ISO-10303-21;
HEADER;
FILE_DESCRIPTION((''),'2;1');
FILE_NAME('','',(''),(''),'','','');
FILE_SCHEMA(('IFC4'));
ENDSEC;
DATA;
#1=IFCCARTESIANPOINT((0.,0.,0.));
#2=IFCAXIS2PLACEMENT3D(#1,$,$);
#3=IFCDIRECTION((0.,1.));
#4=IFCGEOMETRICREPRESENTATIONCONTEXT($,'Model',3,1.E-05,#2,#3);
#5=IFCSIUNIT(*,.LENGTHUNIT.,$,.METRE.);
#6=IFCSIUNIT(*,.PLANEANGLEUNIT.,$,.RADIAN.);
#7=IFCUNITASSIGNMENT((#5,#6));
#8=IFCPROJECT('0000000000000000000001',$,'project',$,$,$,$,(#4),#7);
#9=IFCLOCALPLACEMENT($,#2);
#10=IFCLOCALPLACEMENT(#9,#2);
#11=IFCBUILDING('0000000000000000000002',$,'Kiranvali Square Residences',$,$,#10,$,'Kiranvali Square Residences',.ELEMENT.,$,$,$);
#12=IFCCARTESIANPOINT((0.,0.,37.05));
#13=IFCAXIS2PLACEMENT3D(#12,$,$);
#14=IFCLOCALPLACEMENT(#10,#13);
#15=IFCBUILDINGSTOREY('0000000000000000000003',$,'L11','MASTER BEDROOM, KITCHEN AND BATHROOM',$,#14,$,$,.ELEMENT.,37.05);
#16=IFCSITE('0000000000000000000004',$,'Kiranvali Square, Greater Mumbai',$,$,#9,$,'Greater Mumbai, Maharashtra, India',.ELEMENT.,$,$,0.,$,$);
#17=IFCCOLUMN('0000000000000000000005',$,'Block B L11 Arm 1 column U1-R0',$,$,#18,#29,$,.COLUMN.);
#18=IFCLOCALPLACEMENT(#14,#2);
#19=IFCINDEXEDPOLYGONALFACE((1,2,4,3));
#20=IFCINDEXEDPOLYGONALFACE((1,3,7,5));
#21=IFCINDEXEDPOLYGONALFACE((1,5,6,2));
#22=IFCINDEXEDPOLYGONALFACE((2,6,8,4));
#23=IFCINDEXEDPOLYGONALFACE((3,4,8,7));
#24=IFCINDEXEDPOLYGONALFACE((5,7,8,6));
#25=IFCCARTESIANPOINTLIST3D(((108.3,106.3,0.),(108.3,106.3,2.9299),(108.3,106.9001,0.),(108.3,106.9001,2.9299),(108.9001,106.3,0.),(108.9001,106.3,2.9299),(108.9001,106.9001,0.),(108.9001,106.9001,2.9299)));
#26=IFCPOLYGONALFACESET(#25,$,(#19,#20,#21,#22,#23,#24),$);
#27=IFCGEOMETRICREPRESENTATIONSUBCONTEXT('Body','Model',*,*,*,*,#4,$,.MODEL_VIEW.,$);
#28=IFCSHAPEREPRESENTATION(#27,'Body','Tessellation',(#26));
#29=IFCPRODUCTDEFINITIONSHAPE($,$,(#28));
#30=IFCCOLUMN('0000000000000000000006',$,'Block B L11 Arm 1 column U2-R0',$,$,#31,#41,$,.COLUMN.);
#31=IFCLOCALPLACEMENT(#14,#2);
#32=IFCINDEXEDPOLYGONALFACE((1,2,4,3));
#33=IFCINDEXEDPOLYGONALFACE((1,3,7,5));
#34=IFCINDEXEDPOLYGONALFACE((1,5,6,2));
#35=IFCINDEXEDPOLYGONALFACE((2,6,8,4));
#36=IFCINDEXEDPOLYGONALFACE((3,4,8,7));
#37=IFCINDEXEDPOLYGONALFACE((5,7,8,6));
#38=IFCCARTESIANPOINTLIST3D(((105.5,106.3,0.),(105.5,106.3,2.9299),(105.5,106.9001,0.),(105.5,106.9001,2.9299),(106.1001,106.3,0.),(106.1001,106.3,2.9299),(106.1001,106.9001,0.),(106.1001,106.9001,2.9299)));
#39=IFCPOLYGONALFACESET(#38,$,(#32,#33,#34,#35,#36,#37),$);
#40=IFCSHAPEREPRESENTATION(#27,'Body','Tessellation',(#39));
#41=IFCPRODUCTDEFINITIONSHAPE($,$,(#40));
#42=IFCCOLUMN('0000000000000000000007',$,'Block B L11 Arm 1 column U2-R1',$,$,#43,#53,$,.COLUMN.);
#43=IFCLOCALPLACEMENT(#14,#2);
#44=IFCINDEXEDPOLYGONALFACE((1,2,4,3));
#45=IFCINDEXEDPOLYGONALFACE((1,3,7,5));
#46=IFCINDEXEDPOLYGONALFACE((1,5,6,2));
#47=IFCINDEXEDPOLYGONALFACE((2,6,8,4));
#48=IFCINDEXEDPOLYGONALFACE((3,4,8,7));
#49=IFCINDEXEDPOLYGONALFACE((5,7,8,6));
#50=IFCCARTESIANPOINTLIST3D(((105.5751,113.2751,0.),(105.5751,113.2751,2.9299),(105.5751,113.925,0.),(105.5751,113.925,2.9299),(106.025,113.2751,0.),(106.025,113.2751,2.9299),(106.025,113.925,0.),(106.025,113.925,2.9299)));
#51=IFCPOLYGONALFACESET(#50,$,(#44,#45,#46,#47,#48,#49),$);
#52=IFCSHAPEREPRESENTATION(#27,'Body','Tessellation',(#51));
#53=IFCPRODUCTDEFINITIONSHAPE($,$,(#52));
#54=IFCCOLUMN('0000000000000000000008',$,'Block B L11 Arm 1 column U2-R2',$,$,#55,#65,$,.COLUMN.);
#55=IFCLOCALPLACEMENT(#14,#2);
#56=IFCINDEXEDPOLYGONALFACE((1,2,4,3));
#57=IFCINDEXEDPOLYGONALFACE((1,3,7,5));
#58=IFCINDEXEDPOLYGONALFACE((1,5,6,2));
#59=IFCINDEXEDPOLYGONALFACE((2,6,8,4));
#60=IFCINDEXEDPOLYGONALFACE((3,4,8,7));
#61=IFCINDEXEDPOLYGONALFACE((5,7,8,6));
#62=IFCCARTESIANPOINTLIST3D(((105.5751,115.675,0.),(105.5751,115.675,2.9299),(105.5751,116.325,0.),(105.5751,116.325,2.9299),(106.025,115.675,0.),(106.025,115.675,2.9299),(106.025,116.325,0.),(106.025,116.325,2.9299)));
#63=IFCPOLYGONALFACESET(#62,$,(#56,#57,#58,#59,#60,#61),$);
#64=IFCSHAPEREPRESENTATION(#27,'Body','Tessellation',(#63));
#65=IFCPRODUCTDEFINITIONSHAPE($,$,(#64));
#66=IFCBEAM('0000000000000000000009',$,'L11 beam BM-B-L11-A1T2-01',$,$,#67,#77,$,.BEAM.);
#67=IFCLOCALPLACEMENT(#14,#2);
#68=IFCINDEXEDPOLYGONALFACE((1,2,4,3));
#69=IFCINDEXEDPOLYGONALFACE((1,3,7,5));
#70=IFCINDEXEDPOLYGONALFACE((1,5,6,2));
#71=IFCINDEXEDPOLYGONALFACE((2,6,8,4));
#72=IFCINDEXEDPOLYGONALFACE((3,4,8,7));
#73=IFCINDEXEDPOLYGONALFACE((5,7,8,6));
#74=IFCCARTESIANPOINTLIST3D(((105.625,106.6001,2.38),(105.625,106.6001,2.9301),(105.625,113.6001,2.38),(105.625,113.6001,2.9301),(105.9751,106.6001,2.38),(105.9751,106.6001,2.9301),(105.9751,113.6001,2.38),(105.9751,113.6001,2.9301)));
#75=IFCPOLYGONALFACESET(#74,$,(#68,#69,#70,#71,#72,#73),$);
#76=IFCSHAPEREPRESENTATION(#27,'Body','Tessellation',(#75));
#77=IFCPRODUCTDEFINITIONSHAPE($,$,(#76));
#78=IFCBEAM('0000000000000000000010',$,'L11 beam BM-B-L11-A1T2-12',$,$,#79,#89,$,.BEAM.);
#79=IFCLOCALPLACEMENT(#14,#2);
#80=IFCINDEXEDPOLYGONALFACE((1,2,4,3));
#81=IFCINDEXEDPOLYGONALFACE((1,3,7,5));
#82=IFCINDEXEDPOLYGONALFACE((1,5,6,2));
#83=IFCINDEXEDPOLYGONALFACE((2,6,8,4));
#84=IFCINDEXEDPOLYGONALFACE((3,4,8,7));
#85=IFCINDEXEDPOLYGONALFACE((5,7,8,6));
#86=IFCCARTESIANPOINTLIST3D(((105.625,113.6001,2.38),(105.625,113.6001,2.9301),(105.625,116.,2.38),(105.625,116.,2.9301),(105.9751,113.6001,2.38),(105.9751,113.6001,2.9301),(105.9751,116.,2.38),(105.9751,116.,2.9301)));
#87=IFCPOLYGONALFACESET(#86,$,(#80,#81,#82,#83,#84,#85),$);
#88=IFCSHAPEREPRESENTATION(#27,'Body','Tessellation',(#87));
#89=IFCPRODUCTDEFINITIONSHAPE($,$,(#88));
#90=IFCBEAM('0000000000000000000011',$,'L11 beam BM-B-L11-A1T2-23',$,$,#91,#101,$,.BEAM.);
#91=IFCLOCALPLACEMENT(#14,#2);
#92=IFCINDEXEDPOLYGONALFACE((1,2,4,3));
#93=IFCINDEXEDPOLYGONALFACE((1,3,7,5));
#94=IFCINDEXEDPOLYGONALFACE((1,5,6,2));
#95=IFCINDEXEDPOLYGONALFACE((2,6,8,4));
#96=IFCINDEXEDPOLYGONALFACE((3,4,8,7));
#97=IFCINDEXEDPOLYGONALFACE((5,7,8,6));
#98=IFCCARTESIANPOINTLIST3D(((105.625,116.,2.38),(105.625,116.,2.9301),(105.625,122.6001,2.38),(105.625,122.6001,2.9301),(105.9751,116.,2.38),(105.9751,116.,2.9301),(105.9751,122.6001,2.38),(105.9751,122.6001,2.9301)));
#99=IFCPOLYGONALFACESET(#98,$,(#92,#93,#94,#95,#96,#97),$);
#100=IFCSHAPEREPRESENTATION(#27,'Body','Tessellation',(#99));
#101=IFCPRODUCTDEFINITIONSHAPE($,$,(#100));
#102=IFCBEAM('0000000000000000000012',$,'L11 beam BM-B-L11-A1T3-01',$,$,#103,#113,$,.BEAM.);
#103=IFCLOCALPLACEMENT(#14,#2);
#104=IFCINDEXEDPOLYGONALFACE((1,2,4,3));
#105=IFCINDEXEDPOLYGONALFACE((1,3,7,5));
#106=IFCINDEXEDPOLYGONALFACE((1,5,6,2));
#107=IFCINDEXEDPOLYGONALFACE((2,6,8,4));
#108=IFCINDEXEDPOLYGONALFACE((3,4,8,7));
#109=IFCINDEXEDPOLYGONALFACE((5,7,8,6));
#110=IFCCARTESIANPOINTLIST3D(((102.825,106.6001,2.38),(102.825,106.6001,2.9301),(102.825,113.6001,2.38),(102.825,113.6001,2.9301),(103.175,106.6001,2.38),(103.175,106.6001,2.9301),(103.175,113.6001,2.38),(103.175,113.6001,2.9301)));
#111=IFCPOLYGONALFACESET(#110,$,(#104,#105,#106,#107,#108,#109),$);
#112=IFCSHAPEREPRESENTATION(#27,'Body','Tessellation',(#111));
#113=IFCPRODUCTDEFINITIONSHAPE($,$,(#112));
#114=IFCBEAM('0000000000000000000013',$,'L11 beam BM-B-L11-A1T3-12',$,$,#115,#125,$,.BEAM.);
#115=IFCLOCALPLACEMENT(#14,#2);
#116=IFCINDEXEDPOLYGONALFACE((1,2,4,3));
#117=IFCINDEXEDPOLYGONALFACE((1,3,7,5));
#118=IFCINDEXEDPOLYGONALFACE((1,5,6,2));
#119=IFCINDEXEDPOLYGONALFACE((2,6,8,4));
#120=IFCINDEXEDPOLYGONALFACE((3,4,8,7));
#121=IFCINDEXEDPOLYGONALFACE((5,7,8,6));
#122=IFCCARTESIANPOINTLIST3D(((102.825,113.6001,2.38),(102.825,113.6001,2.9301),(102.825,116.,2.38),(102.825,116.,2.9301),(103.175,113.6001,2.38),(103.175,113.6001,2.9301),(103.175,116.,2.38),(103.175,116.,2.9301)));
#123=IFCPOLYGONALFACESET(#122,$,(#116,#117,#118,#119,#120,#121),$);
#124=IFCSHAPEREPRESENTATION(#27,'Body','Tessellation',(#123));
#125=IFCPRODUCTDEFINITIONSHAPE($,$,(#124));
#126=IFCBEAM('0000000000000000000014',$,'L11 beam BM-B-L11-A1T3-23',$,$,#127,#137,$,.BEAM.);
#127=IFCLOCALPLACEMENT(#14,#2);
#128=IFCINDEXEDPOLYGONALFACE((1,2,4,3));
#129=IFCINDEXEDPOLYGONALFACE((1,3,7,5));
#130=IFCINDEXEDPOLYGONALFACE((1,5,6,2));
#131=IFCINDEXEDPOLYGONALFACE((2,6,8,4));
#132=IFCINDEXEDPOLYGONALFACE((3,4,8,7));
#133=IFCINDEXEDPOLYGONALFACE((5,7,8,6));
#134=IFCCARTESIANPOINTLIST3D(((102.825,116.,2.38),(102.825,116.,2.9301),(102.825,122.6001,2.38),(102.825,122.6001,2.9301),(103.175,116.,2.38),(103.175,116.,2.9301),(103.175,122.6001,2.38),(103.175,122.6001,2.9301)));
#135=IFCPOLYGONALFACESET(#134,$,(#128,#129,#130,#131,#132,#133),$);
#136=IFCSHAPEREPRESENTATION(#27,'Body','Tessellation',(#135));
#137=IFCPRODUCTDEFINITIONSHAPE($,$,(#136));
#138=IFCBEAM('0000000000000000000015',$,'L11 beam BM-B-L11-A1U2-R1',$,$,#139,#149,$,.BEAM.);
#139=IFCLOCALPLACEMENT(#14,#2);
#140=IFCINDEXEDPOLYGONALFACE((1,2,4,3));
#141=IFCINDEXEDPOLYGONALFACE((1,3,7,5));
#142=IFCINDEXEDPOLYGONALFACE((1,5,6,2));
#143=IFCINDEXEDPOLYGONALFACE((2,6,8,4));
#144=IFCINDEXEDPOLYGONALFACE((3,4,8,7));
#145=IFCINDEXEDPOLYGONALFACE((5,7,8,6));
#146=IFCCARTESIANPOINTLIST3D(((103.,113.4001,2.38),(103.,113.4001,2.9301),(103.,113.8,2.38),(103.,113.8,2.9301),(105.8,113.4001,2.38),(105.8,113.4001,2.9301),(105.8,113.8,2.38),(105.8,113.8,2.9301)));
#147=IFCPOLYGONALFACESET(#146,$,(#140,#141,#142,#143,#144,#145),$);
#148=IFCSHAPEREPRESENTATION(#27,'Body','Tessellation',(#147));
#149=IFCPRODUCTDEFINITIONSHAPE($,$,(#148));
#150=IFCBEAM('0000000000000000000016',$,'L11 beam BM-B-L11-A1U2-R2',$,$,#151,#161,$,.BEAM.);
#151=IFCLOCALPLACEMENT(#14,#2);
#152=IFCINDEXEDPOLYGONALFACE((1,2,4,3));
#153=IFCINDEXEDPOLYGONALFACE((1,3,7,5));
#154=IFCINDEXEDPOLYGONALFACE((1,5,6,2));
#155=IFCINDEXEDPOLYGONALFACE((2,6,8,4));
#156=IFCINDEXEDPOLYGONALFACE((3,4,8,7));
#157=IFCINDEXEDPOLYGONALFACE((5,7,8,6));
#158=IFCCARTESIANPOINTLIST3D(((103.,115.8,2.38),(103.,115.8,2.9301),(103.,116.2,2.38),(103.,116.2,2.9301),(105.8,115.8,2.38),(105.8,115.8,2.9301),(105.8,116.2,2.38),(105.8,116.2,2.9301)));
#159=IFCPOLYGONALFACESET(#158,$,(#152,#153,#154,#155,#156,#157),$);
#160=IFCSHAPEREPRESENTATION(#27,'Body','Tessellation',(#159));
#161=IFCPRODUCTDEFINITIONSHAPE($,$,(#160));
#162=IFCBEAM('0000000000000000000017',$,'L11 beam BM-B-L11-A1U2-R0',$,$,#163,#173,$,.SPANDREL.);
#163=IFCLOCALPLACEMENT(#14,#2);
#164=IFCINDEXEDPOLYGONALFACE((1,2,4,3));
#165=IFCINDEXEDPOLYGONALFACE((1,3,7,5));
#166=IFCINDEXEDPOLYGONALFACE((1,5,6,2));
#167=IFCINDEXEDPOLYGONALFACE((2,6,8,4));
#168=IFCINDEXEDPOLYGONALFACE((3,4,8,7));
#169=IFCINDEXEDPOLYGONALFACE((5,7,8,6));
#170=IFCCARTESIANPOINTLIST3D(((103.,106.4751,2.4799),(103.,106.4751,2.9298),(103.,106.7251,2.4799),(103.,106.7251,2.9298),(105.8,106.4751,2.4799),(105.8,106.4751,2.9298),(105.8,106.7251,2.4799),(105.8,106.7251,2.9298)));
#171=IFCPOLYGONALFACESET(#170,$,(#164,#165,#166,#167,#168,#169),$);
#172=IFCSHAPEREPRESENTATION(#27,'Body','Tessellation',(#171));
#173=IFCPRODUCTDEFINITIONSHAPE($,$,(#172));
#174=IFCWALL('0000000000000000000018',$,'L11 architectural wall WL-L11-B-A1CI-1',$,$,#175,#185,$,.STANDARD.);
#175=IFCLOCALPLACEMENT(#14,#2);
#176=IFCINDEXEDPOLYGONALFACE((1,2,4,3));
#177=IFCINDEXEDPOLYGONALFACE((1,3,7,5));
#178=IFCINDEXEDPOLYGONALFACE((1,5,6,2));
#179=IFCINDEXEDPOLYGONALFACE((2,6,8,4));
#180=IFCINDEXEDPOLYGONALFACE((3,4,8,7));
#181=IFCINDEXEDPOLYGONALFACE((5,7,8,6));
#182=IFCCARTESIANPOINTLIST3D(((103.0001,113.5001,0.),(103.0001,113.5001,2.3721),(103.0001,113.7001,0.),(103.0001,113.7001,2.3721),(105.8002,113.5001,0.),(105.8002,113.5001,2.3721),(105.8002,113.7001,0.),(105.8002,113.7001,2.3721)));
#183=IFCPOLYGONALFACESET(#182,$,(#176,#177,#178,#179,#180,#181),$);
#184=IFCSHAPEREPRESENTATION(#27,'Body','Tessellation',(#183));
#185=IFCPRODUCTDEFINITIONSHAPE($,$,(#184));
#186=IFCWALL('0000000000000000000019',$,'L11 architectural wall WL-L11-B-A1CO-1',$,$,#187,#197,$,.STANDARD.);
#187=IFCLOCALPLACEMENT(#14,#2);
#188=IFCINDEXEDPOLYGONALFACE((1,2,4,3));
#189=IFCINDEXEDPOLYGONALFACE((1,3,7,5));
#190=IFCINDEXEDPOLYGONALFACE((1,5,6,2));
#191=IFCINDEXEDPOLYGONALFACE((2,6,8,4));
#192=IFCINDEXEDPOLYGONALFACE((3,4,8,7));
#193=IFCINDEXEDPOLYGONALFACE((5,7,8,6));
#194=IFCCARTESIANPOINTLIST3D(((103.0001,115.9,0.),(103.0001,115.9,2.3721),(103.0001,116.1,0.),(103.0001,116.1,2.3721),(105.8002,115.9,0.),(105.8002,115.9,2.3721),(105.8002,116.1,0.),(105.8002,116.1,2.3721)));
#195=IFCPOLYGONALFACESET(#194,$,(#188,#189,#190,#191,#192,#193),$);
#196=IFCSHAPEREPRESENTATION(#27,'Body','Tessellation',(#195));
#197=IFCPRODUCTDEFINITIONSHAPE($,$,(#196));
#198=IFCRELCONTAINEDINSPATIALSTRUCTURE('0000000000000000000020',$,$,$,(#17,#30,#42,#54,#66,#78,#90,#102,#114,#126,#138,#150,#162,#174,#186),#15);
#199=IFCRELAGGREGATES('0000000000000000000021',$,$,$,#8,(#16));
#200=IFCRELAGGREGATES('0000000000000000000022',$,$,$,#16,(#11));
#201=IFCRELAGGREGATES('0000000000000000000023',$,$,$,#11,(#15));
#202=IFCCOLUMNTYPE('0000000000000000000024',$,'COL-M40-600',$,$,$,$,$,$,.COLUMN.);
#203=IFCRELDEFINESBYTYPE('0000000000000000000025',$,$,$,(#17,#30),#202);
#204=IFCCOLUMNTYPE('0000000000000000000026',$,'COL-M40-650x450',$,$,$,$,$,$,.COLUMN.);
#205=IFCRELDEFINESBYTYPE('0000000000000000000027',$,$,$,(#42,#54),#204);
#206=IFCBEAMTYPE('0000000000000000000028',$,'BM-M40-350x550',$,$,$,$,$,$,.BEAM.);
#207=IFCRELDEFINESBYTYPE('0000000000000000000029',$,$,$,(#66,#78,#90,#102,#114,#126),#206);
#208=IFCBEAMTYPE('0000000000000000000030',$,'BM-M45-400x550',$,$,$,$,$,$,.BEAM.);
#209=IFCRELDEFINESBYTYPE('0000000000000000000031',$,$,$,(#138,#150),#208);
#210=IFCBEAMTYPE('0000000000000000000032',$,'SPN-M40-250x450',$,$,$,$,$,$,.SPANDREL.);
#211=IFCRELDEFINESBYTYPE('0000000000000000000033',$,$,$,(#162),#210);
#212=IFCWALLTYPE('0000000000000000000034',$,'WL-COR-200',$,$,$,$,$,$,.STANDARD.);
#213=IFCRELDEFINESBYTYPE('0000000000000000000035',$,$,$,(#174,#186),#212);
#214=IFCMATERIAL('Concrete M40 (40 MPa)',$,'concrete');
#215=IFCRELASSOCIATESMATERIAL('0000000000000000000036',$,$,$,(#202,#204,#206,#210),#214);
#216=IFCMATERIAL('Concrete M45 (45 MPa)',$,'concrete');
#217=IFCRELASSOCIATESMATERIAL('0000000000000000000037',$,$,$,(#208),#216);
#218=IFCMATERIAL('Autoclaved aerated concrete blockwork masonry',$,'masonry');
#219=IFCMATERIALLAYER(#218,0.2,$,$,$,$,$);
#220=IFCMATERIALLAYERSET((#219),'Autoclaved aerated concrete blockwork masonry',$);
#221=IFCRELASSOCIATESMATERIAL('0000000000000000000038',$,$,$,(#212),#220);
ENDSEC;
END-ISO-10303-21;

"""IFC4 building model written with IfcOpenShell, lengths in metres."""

from ifc_helpers import new_model, si_unit, direction, frame, frame_2d, origin, origin_2d, place, context, subcontext, project, spatial, rectangle, extrude, material, layer, layer_set, material_profile, profile_set, type_object, element, save


model = new_model("IFC4")

# Units and contexts
model_context = context("Model", 3, precision=1e-05, world=origin(), true_north=direction((0.0, 1.0)))
body_context = subcontext(model_context, "Body", "Model", "MODEL_VIEW")
ifc_project = project(units=[si_unit("LENGTHUNIT", "METRE"), si_unit("PLANEANGLEUNIT", "RADIAN")], contexts=[model_context])

# Site, building, storey
site_placement = place(None, origin())
site = spatial("IfcSite", under=ifc_project, at=site_placement, Name="Kiranvali Square, Greater Mumbai", LongName="Greater Mumbai, Maharashtra, India", CompositionType="ELEMENT", RefElevation=0.0)
building_placement = place(site_placement, origin())
building = spatial("IfcBuilding", under=site, at=building_placement, Name="Kiranvali Square Residences", LongName="Kiranvali Square Residences", CompositionType="ELEMENT")
storey_placement = place(building_placement, frame((0.0, 0.0, 37.05)))
storey = spatial("IfcBuildingStorey", under=building, at=storey_placement, Name="L11", Description="MASTER BEDROOM, KITCHEN AND BATHROOM", CompositionType="ELEMENT", Elevation=37.05)

# Columns
ifc_material_1 = material(Name="Concrete M40 (40 MPa)", Category="concrete")
ifc_material_profile_1 = material_profile(ifc_material_1, rectangle(XDim=0.6001, YDim=0.6001, at=origin_2d()), Name="RC 600x600")
ifc_profile_set_1 = profile_set([ifc_material_profile_1], Name="Concrete M40 (40 MPa)")
column_type_1 = type_object("IfcColumnType", Name="COL-M40-600", PredefinedType="COLUMN", material=ifc_profile_set_1)
for number, where, z_axis, x_axis, name in (
    (1, (108.6001, 106.6001, 0.0), (0.0, 0.0, 1.0), (1.0, 0.0, 0.0), "Block B L11 Arm 1 column U1-R0"),
    (2, (105.8, 106.6001, 0.0), (0.0, 0.0, 1.0), (1.0, 0.0, 0.0), "Block B L11 Arm 1 column U2-R0"),
):
    element("IfcColumn", number, at=place(storey_placement, frame(where, z_axis=z_axis, x_axis=x_axis)), inside=storey, type_object=column_type_1, Name=name, PredefinedType="COLUMN", context=body_context, shape_type="SweptSolid", body=[
        extrude(rectangle(XDim=0.6001, YDim=0.6001, at=origin_2d()), origin(), (0.0, 0.0, 1.0), 2.9299),
    ])
ifc_material_profile_2 = material_profile(ifc_material_1, rectangle(XDim=0.45, YDim=0.6499, at=origin_2d()), Name="RC 650x450")
ifc_profile_set_2 = profile_set([ifc_material_profile_2], Name="Concrete M40 (40 MPa)")
column_type_2 = type_object("IfcColumnType", Name="COL-M40-650x450", PredefinedType="COLUMN", material=ifc_profile_set_2)
for number, where, z_axis, x_axis, name in (
    (3, (105.8, 113.6001, 0.0), (0.0, 0.0, 1.0), (1.0, 0.0, 0.0), "Block B L11 Arm 1 column U2-R1"),
    (4, (105.8, 116.0, 0.0), (0.0, 0.0, 1.0), (1.0, 0.0, 0.0), "Block B L11 Arm 1 column U2-R2"),
):
    element("IfcColumn", number, at=place(storey_placement, frame(where, z_axis=z_axis, x_axis=x_axis)), inside=storey, type_object=column_type_2, Name=name, PredefinedType="COLUMN", context=body_context, shape_type="SweptSolid", body=[
        extrude(rectangle(XDim=0.45, YDim=0.6499, at=origin_2d()), origin(), (0.0, 0.0, 1.0), 2.9299),
    ])

# Beams
ifc_material_profile_3 = material_profile(ifc_material_1, rectangle(XDim=0.3501, YDim=0.55, at=origin_2d()), Name="RC 350x550")
ifc_profile_set_3 = profile_set([ifc_material_profile_3], Name="Concrete M40 (40 MPa)")
beam_type_1 = type_object("IfcBeamType", Name="BM-M40-350x550", PredefinedType="BEAM", material=ifc_profile_set_3)
beam_1_placement = place(storey_placement, frame((105.8, 106.6001, 2.655), z_axis=(0.0, 1.0, 0.0), x_axis=(-1.0, 0.0, 0.0)))
element("IfcBeam", 5, at=beam_1_placement, inside=storey, type_object=beam_type_1, Name="L11 beam BM-B-L11-A1T2-01", PredefinedType="BEAM", context=body_context, shape_type="SweptSolid", body=[
    extrude(rectangle(XDim=0.3501, YDim=0.55, at=origin_2d()), origin(), (0.0, 0.0, 1.0), 7.0),
])
beam_2_placement = place(storey_placement, frame((105.8, 113.6001, 2.655), z_axis=(0.0, 1.0, 0.0), x_axis=(-1.0, 0.0, 0.0)))
element("IfcBeam", 6, at=beam_2_placement, inside=storey, type_object=beam_type_1, Name="L11 beam BM-B-L11-A1T2-12", PredefinedType="BEAM", context=body_context, shape_type="SweptSolid", body=[
    extrude(rectangle(XDim=0.3501, YDim=0.55, at=origin_2d()), origin(), (0.0, 0.0, 1.0), 2.3999),
])
beam_3_placement = place(storey_placement, frame((105.8, 116.0, 2.655), z_axis=(0.0, 1.0, 0.0), x_axis=(-1.0, 0.0, 0.0)))
element("IfcBeam", 7, at=beam_3_placement, inside=storey, type_object=beam_type_1, Name="L11 beam BM-B-L11-A1T2-23", PredefinedType="BEAM", context=body_context, shape_type="SweptSolid", body=[
    extrude(rectangle(XDim=0.3501, YDim=0.55, at=origin_2d()), origin(), (0.0, 0.0, 1.0), 6.6001),
])
beam_4_placement = place(storey_placement, frame((103.0, 106.6001, 2.655), z_axis=(0.0, 1.0, 0.0), x_axis=(-1.0, 0.0, 0.0)))
element("IfcBeam", 8, at=beam_4_placement, inside=storey, type_object=beam_type_1, Name="L11 beam BM-B-L11-A1T3-01", PredefinedType="BEAM", context=body_context, shape_type="SweptSolid", body=[
    extrude(rectangle(XDim=0.3501, YDim=0.55, at=origin_2d()), origin(), (0.0, 0.0, 1.0), 7.0),
])
beam_5_placement = place(storey_placement, frame((103.0, 113.6001, 2.655), z_axis=(0.0, 1.0, 0.0), x_axis=(-1.0, 0.0, 0.0)))
element("IfcBeam", 9, at=beam_5_placement, inside=storey, type_object=beam_type_1, Name="L11 beam BM-B-L11-A1T3-12", PredefinedType="BEAM", context=body_context, shape_type="SweptSolid", body=[
    extrude(rectangle(XDim=0.3501, YDim=0.55, at=origin_2d()), origin(), (0.0, 0.0, 1.0), 2.3999),
])
beam_6_placement = place(storey_placement, frame((103.0, 116.0, 2.655), z_axis=(0.0, 1.0, 0.0), x_axis=(-1.0, 0.0, 0.0)))
element("IfcBeam", 10, at=beam_6_placement, inside=storey, type_object=beam_type_1, Name="L11 beam BM-B-L11-A1T3-23", PredefinedType="BEAM", context=body_context, shape_type="SweptSolid", body=[
    extrude(rectangle(XDim=0.3501, YDim=0.55, at=origin_2d()), origin(), (0.0, 0.0, 1.0), 6.6001),
])
ifc_material_2 = material(Name="Concrete M45 (45 MPa)", Category="concrete")
ifc_material_profile_4 = material_profile(ifc_material_2, rectangle(XDim=0.3999, YDim=0.55, at=origin_2d()), Name="RC 400x550")
ifc_profile_set_4 = profile_set([ifc_material_profile_4], Name="Concrete M45 (45 MPa)")
beam_type_2 = type_object("IfcBeamType", Name="BM-M45-400x550", PredefinedType="BEAM", material=ifc_profile_set_4)
for number, where, z_axis, x_axis, name in (
    (11, (105.8, 113.6001, 2.655), (-1.0, 0.0, 0.0), (0.0, -1.0, 0.0), "L11 beam BM-B-L11-A1U2-R1"),
    (12, (105.8, 116.0, 2.655), (-1.0, 0.0, 0.0), (0.0, -1.0, 0.0), "L11 beam BM-B-L11-A1U2-R2"),
):
    element("IfcBeam", number, at=place(storey_placement, frame(where, z_axis=z_axis, x_axis=x_axis)), inside=storey, type_object=beam_type_2, Name=name, PredefinedType="BEAM", context=body_context, shape_type="SweptSolid", body=[
        extrude(rectangle(XDim=0.3999, YDim=0.55, at=origin_2d()), origin(), (0.0, 0.0, 1.0), 2.8),
    ])
ifc_material_profile_5 = material_profile(ifc_material_1, rectangle(XDim=0.25, YDim=0.45, at=origin_2d()), Name="RC 250x450")
ifc_profile_set_5 = profile_set([ifc_material_profile_5], Name="Concrete M40 (40 MPa)")
beam_type_3 = type_object("IfcBeamType", Name="SPN-M40-250x450", PredefinedType="SPANDREL", material=ifc_profile_set_5)
beam_7_placement = place(storey_placement, frame((105.8, 106.6001, 2.7048), z_axis=(-1.0, 0.0, 0.0), x_axis=(0.0, -1.0, 0.0)))
element("IfcBeam", 13, at=beam_7_placement, inside=storey, type_object=beam_type_3, Name="L11 beam BM-B-L11-A1U2-R0", PredefinedType="SPANDREL", context=body_context, shape_type="SweptSolid", body=[
    extrude(rectangle(XDim=0.25, YDim=0.45, at=origin_2d()), origin(), (0.0, 0.0, 1.0), 2.8),
])

# Walls
ifc_material_3 = material(Name="Autoclaved aerated concrete blockwork masonry", Category="masonry")
ifc_layer_1 = layer(ifc_material_3, 0.2)
ifc_layer_set_1 = layer_set([ifc_layer_1], Name="Autoclaved aerated concrete blockwork masonry")
wall_type_1 = type_object("IfcWallType", Name="WL-COR-200", PredefinedType="STANDARD", material=ifc_layer_set_1)
for number, where, z_axis, x_axis, name in (
    (14, (105.8, 113.6001, 0.0), (0.0, 0.0, 1.0), (-1.0, 0.0, 0.0), "L11 architectural wall WL-L11-B-A1CI-1"),
    (15, (105.8, 116.0, 0.0), (0.0, 0.0, 1.0), (-1.0, 0.0, 0.0), "L11 architectural wall WL-L11-B-A1CO-1"),
):
    element("IfcWall", number, at=place(storey_placement, frame(where, z_axis=z_axis, x_axis=x_axis)), inside=storey, type_object=wall_type_1, Name=name, PredefinedType="STANDARD", context=body_context, shape_type="SweptSolid", body=[
        extrude(rectangle(XDim=2.8, YDim=0.2, at=frame_2d((1.3999, 0.0))), origin(), (0.0, 0.0, 1.0), 2.3721),
    ])

save(model, "model.ifc")
